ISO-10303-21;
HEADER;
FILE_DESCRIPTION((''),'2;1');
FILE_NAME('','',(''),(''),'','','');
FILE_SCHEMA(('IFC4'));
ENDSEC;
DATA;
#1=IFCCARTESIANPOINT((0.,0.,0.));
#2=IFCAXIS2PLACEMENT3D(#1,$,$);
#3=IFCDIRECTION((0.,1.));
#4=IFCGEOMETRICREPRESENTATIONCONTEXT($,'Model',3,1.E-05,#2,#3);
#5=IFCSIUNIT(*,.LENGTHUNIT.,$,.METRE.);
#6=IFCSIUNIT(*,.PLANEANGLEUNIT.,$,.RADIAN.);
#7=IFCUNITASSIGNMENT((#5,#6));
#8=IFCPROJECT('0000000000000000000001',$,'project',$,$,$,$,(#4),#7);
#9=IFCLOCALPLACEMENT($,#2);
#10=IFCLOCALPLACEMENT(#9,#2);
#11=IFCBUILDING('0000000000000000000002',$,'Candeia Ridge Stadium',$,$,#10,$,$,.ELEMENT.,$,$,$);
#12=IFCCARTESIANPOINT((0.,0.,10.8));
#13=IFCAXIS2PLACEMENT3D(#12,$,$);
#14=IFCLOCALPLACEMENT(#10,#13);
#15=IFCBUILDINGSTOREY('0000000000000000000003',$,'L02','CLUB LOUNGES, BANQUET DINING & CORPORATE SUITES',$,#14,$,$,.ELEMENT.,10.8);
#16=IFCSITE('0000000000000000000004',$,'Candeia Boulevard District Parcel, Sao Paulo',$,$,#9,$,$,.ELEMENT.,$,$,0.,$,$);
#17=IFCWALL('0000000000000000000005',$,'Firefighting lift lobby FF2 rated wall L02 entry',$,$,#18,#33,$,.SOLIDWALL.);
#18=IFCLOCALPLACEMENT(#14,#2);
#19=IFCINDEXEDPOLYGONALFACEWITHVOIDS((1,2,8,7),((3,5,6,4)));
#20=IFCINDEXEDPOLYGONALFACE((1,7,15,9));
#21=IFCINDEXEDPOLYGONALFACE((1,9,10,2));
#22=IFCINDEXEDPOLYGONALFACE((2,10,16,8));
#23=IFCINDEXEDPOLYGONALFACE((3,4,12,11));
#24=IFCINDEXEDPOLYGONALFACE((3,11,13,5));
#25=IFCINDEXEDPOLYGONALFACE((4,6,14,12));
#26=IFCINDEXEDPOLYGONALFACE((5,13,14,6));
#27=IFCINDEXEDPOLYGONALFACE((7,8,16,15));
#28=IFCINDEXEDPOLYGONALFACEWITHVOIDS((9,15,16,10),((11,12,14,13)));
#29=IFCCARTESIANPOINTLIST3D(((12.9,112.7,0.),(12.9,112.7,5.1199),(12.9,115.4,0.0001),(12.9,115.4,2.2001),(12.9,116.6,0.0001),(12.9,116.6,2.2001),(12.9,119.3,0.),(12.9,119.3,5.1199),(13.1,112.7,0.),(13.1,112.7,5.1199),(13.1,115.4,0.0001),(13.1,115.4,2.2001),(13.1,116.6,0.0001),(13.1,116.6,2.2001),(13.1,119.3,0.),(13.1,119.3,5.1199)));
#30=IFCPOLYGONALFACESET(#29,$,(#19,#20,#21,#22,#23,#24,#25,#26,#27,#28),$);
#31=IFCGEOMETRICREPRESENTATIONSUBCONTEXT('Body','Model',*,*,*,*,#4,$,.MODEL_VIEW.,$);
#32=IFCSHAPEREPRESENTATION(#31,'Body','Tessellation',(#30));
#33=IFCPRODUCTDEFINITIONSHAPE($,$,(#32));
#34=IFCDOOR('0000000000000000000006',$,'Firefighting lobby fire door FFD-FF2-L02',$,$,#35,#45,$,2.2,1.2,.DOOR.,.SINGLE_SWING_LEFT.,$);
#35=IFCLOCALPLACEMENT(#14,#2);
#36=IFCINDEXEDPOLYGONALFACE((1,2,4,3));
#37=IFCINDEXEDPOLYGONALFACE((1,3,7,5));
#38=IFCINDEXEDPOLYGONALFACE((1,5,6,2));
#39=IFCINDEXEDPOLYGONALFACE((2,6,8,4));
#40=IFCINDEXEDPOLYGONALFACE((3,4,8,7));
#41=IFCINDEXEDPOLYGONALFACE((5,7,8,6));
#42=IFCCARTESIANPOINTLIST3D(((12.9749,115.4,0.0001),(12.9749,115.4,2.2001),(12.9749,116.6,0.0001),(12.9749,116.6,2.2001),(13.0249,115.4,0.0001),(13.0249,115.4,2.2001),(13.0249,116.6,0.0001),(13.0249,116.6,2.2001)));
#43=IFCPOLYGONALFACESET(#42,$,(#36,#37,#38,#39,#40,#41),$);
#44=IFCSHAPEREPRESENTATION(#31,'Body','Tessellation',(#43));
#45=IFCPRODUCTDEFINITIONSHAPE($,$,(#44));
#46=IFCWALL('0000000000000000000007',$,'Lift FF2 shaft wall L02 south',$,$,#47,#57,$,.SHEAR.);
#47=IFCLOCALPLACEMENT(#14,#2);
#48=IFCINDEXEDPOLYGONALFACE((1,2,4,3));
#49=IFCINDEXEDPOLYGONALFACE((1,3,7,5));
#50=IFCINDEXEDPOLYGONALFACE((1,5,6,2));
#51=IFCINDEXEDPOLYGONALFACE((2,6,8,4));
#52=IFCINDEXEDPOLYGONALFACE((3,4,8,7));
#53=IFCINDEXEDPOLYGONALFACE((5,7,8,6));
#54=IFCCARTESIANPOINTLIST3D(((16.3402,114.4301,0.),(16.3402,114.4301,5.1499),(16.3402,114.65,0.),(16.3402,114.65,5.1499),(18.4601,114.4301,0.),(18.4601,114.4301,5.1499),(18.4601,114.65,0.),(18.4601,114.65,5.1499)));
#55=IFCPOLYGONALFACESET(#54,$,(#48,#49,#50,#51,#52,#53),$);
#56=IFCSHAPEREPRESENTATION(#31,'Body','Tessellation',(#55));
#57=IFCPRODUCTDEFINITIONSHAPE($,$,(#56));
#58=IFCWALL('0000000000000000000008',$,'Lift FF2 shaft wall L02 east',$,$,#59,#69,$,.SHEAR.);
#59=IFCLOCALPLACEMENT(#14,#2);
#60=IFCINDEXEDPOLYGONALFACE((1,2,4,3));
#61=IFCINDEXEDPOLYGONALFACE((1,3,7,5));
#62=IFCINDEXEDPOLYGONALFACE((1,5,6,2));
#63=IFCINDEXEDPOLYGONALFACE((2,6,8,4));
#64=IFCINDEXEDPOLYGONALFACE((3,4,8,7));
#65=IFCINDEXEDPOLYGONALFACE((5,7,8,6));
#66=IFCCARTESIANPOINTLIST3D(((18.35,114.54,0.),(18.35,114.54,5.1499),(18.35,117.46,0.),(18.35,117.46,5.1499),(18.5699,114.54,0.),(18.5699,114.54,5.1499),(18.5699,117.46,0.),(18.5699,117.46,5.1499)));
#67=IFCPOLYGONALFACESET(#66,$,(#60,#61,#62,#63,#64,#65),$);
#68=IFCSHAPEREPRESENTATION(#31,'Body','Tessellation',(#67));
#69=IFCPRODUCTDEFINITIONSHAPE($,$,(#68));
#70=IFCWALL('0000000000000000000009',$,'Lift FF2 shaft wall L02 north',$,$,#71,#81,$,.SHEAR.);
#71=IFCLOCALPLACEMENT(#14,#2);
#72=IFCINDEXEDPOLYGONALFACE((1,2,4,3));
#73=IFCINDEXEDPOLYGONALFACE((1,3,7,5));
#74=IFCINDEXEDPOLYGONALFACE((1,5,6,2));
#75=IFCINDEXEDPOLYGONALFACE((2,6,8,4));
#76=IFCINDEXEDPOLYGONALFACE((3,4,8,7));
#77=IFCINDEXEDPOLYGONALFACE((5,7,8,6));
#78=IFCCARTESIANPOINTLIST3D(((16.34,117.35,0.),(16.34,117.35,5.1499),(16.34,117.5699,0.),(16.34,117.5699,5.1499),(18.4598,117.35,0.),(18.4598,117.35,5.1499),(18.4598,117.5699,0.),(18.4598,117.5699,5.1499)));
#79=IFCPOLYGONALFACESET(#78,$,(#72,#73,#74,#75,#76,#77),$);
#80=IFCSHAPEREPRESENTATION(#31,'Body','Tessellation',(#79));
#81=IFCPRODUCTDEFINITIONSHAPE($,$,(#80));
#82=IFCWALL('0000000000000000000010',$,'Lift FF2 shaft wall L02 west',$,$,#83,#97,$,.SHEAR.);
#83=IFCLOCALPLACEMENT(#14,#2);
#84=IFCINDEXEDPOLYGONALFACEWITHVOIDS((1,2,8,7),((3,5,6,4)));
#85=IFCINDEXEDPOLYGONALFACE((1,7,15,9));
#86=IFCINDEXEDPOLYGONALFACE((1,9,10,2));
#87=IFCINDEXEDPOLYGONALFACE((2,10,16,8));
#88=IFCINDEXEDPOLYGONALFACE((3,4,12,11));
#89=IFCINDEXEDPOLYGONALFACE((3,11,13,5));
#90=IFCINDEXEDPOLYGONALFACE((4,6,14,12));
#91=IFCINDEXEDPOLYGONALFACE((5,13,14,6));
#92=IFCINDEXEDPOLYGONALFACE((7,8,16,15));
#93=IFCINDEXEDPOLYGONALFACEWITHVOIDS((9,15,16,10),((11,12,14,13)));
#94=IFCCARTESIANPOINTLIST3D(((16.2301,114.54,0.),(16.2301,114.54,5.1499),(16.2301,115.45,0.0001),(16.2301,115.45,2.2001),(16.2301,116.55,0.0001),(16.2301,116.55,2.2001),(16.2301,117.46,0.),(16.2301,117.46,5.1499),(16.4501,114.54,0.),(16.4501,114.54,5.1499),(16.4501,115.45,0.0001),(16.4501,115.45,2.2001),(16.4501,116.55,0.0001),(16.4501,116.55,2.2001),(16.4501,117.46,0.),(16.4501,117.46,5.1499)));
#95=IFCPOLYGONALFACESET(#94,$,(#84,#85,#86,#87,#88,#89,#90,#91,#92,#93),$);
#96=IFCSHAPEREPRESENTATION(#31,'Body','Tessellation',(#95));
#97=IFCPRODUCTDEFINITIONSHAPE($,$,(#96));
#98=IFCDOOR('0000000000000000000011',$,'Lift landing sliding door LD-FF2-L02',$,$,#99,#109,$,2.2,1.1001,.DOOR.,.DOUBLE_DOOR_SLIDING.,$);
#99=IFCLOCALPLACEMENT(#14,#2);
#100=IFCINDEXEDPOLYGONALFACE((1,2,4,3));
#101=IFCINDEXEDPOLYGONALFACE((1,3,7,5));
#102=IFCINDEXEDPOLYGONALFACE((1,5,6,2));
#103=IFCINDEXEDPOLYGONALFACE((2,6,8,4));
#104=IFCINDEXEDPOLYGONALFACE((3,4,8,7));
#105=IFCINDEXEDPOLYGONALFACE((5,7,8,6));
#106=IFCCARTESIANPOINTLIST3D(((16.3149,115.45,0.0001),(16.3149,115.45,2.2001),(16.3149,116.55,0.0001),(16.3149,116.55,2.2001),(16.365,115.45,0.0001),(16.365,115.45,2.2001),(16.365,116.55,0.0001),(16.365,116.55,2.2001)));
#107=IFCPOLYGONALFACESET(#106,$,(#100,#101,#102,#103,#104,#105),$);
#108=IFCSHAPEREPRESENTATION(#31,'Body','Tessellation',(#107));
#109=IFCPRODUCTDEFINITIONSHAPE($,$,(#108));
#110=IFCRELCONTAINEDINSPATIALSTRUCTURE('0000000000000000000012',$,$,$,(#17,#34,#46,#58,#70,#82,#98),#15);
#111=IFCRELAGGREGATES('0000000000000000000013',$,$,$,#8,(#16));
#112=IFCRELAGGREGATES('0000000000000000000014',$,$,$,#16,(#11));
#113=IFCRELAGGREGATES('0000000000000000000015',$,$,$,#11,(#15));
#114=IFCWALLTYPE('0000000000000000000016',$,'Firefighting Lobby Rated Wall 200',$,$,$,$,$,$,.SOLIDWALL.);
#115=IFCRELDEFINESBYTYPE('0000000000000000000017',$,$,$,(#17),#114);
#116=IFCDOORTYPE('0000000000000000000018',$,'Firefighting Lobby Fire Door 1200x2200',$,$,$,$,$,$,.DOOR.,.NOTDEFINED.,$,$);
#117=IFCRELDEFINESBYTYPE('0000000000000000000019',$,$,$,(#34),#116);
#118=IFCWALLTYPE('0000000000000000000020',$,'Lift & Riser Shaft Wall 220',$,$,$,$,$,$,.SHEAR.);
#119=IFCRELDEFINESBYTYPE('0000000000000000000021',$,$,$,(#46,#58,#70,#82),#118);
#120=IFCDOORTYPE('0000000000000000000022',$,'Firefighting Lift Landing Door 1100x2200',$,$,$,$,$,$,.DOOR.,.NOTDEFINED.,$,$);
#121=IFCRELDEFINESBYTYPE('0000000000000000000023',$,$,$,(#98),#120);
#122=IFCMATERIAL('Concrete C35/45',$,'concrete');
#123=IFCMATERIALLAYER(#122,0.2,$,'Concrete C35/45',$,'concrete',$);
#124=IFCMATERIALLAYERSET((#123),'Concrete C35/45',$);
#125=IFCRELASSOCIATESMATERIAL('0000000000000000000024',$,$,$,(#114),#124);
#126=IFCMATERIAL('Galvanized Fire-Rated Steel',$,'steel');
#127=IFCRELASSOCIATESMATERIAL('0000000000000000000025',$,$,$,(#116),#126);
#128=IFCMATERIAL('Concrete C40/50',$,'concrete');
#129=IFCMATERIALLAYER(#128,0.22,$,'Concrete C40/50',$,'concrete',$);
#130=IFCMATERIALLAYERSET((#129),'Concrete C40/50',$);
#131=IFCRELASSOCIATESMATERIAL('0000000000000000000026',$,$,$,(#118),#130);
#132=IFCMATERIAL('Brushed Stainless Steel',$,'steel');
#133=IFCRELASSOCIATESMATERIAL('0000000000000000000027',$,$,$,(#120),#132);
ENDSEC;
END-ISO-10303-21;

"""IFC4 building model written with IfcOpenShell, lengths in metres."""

from ifc_helpers import new_model, si_unit, direction, frame, frame_2d, origin, place, context, subcontext, project, spatial, rectangle, extrude, material, layer, layer_set, type_object, element, fill, save


model = new_model("IFC4")

# Units and contexts
model_context = context("Model", 3, precision=1e-05, world=origin(), true_north=direction((0.0, 1.0)))
body_context = subcontext(model_context, "Body", "Model", "MODEL_VIEW")
ifc_project = project(units=[si_unit("LENGTHUNIT", "METRE"), si_unit("PLANEANGLEUNIT", "RADIAN")], contexts=[model_context])

# Site, building, storey
site_placement = place(None, origin())
site = spatial("IfcSite", under=ifc_project, at=site_placement, Name="Candeia Boulevard District Parcel, Sao Paulo", CompositionType="ELEMENT", RefElevation=0.0)
building_placement = place(site_placement, origin())
building = spatial("IfcBuilding", under=site, at=building_placement, Name="Candeia Ridge Stadium", CompositionType="ELEMENT")
storey_placement = place(building_placement, frame((0.0, 0.0, 10.8)))
storey = spatial("IfcBuildingStorey", under=building, at=storey_placement, Name="L02", Description="CLUB LOUNGES, BANQUET DINING & CORPORATE SUITES", CompositionType="ELEMENT", Elevation=10.8)

# Shared definitions
ifc_material_1 = material(Name="Concrete C40/50", Category="concrete")

# Shared definitions
ifc_material_2 = material(Name="Concrete C35/45", Category="concrete")
ifc_layer_1 = layer(ifc_material_2, 0.2, Name="Concrete C35/45", Category="concrete")
ifc_layer_set_1 = layer_set([ifc_layer_1], Name="Concrete C35/45")
wall_type_1 = type_object("IfcWallType", Name="Firefighting Lobby Rated Wall 200", PredefinedType="SOLIDWALL", material=ifc_layer_set_1)

# Wall, opening, door
wall_1_placement = place(storey_placement, frame((13.0, 119.3, 0.0), z_axis=(0.0, 0.0, 1.0), x_axis=(0.0, -1.0, 0.0)))
wall_1 = element("IfcWall", 1, at=wall_1_placement, inside=storey, type_object=wall_type_1, Name="Firefighting lift lobby FF2 rated wall L02 entry", PredefinedType="SOLIDWALL", context=body_context, shape_type="SweptSolid", body=[
    extrude(rectangle(XDim=6.6001, YDim=0.2, at=frame_2d((3.3, 0.0))), origin(), (0.0, 0.0, 1.0), 5.1199),
])
opening_1_placement = place(wall_1_placement, frame((2.7, 0.0, 0.0)))
opening_1 = element("IfcOpeningElement", 2, at=opening_1_placement, cuts=wall_1, PredefinedType="OPENING", context=body_context, shape_type="SweptSolid", body=[
    extrude(rectangle(XDim=1.2, YDim=2.2, at=frame_2d((0.6001, 1.1001))), frame((0.0, 0.1099, 0.0), z_axis=(0.0, -1.0, 0.0), x_axis=(1.0, 0.0, 0.0)), (0.0, 0.0, 1.0), 0.22),
])
ifc_material_3 = material(Name="Galvanized Fire-Rated Steel", Category="steel")
door_type_1 = type_object("IfcDoorType", Name="Firefighting Lobby Fire Door 1200x2200", OperationType="NOTDEFINED", PredefinedType="DOOR", material=ifc_material_3)
door_1_placement = place(opening_1_placement, origin())
door_1 = element("IfcDoor", 3, at=door_1_placement, inside=storey, type_object=door_type_1, Name="Firefighting lobby fire door FFD-FF2-L02", OperationType="SINGLE_SWING_LEFT", OverallHeight=2.2, OverallWidth=1.2, PredefinedType="DOOR", context=body_context, shape_type="SweptSolid", body=[
    extrude(rectangle(XDim=1.2, YDim=2.2, at=frame_2d((0.6001, 1.1001))), frame((0.0, 0.0249, 0.0), z_axis=(0.0, -1.0, 0.0), x_axis=(1.0, 0.0, 0.0)), (0.0, 0.0, 1.0), 0.05),
])
fill(opening_1, door_1)

# Walls
ifc_layer_2 = layer(ifc_material_1, 0.22, Name="Concrete C40/50", Category="concrete")
ifc_layer_set_2 = layer_set([ifc_layer_2], Name="Concrete C40/50")
wall_type_2 = type_object("IfcWallType", Name="Lift & Riser Shaft Wall 220", PredefinedType="SHEAR", material=ifc_layer_set_2)
wall_2_placement = place(storey_placement, frame((16.3401, 114.54, 0.0), z_axis=(0.0, 0.0, 1.0), x_axis=(1.0, 0.0, 0.0)))
element("IfcWall", 4, at=wall_2_placement, inside=storey, type_object=wall_type_2, Name="Lift FF2 shaft wall L02 south", PredefinedType="SHEAR", context=body_context, shape_type="SweptSolid", body=[
    extrude(rectangle(XDim=2.1199, YDim=0.22, at=frame_2d((1.0601, 0.0))), origin(), (0.0, 0.0, 1.0), 5.1499),
])
wall_3_placement = place(storey_placement, frame((18.46, 114.54, 0.0), z_axis=(0.0, 0.0, 1.0), x_axis=(0.0, 1.0, 0.0)))
element("IfcWall", 5, at=wall_3_placement, inside=storey, type_object=wall_type_2, Name="Lift FF2 shaft wall L02 east", PredefinedType="SHEAR", context=body_context, shape_type="SweptSolid", body=[
    extrude(rectangle(XDim=2.9199, YDim=0.22, at=frame_2d((1.46, 0.0))), origin(), (0.0, 0.0, 1.0), 5.1499),
])
wall_4_placement = place(storey_placement, frame((18.46, 117.46, 0.0), z_axis=(0.0, 0.0, 1.0), x_axis=(-1.0, 0.0, 0.0)))
element("IfcWall", 6, at=wall_4_placement, inside=storey, type_object=wall_type_2, Name="Lift FF2 shaft wall L02 north", PredefinedType="SHEAR", context=body_context, shape_type="SweptSolid", body=[
    extrude(rectangle(XDim=2.1199, YDim=0.22, at=frame_2d((1.0601, 0.0))), origin(), (0.0, 0.0, 1.0), 5.1499),
])

# Wall, opening, door
wall_5_placement = place(storey_placement, frame((16.3401, 117.46, 0.0), z_axis=(0.0, 0.0, 1.0), x_axis=(0.0, -1.0, 0.0)))
wall_5 = element("IfcWall", 7, at=wall_5_placement, inside=storey, type_object=wall_type_2, Name="Lift FF2 shaft wall L02 west", PredefinedType="SHEAR", context=body_context, shape_type="SweptSolid", body=[
    extrude(rectangle(XDim=2.9199, YDim=0.22, at=frame_2d((1.46, 0.0))), origin(), (0.0, 0.0, 1.0), 5.1499),
])
opening_2_placement = place(wall_5_placement, frame((0.9099, 0.0, 0.0)))
opening_2 = element("IfcOpeningElement", 8, at=opening_2_placement, cuts=wall_5, PredefinedType="OPENING", context=body_context, shape_type="SweptSolid", body=[
    extrude(rectangle(XDim=1.1001, YDim=2.2, at=frame_2d((0.55, 1.1001))), frame((0.0, 0.1199, 0.0), z_axis=(0.0, -1.0, 0.0), x_axis=(1.0, 0.0, 0.0)), (0.0, 0.0, 1.0), 0.24),
])
ifc_material_4 = material(Name="Brushed Stainless Steel", Category="steel")
door_type_2 = type_object("IfcDoorType", Name="Firefighting Lift Landing Door 1100x2200", OperationType="NOTDEFINED", PredefinedType="DOOR", material=ifc_material_4)
door_2_placement = place(opening_2_placement, origin())
door_2 = element("IfcDoor", 9, at=door_2_placement, inside=storey, type_object=door_type_2, Name="Lift landing sliding door LD-FF2-L02", OperationType="DOUBLE_DOOR_SLIDING", OverallHeight=2.2, OverallWidth=1.1001, PredefinedType="DOOR", context=body_context, shape_type="SweptSolid", body=[
    extrude(rectangle(XDim=1.1001, YDim=2.2, at=frame_2d((0.55, 1.1001))), frame((0.0, 0.0249, 0.0), z_axis=(0.0, -1.0, 0.0), x_axis=(1.0, 0.0, 0.0)), (0.0, 0.0, 1.0), 0.05),
])
fill(opening_2, door_2)

save(model, "model.ifc")
